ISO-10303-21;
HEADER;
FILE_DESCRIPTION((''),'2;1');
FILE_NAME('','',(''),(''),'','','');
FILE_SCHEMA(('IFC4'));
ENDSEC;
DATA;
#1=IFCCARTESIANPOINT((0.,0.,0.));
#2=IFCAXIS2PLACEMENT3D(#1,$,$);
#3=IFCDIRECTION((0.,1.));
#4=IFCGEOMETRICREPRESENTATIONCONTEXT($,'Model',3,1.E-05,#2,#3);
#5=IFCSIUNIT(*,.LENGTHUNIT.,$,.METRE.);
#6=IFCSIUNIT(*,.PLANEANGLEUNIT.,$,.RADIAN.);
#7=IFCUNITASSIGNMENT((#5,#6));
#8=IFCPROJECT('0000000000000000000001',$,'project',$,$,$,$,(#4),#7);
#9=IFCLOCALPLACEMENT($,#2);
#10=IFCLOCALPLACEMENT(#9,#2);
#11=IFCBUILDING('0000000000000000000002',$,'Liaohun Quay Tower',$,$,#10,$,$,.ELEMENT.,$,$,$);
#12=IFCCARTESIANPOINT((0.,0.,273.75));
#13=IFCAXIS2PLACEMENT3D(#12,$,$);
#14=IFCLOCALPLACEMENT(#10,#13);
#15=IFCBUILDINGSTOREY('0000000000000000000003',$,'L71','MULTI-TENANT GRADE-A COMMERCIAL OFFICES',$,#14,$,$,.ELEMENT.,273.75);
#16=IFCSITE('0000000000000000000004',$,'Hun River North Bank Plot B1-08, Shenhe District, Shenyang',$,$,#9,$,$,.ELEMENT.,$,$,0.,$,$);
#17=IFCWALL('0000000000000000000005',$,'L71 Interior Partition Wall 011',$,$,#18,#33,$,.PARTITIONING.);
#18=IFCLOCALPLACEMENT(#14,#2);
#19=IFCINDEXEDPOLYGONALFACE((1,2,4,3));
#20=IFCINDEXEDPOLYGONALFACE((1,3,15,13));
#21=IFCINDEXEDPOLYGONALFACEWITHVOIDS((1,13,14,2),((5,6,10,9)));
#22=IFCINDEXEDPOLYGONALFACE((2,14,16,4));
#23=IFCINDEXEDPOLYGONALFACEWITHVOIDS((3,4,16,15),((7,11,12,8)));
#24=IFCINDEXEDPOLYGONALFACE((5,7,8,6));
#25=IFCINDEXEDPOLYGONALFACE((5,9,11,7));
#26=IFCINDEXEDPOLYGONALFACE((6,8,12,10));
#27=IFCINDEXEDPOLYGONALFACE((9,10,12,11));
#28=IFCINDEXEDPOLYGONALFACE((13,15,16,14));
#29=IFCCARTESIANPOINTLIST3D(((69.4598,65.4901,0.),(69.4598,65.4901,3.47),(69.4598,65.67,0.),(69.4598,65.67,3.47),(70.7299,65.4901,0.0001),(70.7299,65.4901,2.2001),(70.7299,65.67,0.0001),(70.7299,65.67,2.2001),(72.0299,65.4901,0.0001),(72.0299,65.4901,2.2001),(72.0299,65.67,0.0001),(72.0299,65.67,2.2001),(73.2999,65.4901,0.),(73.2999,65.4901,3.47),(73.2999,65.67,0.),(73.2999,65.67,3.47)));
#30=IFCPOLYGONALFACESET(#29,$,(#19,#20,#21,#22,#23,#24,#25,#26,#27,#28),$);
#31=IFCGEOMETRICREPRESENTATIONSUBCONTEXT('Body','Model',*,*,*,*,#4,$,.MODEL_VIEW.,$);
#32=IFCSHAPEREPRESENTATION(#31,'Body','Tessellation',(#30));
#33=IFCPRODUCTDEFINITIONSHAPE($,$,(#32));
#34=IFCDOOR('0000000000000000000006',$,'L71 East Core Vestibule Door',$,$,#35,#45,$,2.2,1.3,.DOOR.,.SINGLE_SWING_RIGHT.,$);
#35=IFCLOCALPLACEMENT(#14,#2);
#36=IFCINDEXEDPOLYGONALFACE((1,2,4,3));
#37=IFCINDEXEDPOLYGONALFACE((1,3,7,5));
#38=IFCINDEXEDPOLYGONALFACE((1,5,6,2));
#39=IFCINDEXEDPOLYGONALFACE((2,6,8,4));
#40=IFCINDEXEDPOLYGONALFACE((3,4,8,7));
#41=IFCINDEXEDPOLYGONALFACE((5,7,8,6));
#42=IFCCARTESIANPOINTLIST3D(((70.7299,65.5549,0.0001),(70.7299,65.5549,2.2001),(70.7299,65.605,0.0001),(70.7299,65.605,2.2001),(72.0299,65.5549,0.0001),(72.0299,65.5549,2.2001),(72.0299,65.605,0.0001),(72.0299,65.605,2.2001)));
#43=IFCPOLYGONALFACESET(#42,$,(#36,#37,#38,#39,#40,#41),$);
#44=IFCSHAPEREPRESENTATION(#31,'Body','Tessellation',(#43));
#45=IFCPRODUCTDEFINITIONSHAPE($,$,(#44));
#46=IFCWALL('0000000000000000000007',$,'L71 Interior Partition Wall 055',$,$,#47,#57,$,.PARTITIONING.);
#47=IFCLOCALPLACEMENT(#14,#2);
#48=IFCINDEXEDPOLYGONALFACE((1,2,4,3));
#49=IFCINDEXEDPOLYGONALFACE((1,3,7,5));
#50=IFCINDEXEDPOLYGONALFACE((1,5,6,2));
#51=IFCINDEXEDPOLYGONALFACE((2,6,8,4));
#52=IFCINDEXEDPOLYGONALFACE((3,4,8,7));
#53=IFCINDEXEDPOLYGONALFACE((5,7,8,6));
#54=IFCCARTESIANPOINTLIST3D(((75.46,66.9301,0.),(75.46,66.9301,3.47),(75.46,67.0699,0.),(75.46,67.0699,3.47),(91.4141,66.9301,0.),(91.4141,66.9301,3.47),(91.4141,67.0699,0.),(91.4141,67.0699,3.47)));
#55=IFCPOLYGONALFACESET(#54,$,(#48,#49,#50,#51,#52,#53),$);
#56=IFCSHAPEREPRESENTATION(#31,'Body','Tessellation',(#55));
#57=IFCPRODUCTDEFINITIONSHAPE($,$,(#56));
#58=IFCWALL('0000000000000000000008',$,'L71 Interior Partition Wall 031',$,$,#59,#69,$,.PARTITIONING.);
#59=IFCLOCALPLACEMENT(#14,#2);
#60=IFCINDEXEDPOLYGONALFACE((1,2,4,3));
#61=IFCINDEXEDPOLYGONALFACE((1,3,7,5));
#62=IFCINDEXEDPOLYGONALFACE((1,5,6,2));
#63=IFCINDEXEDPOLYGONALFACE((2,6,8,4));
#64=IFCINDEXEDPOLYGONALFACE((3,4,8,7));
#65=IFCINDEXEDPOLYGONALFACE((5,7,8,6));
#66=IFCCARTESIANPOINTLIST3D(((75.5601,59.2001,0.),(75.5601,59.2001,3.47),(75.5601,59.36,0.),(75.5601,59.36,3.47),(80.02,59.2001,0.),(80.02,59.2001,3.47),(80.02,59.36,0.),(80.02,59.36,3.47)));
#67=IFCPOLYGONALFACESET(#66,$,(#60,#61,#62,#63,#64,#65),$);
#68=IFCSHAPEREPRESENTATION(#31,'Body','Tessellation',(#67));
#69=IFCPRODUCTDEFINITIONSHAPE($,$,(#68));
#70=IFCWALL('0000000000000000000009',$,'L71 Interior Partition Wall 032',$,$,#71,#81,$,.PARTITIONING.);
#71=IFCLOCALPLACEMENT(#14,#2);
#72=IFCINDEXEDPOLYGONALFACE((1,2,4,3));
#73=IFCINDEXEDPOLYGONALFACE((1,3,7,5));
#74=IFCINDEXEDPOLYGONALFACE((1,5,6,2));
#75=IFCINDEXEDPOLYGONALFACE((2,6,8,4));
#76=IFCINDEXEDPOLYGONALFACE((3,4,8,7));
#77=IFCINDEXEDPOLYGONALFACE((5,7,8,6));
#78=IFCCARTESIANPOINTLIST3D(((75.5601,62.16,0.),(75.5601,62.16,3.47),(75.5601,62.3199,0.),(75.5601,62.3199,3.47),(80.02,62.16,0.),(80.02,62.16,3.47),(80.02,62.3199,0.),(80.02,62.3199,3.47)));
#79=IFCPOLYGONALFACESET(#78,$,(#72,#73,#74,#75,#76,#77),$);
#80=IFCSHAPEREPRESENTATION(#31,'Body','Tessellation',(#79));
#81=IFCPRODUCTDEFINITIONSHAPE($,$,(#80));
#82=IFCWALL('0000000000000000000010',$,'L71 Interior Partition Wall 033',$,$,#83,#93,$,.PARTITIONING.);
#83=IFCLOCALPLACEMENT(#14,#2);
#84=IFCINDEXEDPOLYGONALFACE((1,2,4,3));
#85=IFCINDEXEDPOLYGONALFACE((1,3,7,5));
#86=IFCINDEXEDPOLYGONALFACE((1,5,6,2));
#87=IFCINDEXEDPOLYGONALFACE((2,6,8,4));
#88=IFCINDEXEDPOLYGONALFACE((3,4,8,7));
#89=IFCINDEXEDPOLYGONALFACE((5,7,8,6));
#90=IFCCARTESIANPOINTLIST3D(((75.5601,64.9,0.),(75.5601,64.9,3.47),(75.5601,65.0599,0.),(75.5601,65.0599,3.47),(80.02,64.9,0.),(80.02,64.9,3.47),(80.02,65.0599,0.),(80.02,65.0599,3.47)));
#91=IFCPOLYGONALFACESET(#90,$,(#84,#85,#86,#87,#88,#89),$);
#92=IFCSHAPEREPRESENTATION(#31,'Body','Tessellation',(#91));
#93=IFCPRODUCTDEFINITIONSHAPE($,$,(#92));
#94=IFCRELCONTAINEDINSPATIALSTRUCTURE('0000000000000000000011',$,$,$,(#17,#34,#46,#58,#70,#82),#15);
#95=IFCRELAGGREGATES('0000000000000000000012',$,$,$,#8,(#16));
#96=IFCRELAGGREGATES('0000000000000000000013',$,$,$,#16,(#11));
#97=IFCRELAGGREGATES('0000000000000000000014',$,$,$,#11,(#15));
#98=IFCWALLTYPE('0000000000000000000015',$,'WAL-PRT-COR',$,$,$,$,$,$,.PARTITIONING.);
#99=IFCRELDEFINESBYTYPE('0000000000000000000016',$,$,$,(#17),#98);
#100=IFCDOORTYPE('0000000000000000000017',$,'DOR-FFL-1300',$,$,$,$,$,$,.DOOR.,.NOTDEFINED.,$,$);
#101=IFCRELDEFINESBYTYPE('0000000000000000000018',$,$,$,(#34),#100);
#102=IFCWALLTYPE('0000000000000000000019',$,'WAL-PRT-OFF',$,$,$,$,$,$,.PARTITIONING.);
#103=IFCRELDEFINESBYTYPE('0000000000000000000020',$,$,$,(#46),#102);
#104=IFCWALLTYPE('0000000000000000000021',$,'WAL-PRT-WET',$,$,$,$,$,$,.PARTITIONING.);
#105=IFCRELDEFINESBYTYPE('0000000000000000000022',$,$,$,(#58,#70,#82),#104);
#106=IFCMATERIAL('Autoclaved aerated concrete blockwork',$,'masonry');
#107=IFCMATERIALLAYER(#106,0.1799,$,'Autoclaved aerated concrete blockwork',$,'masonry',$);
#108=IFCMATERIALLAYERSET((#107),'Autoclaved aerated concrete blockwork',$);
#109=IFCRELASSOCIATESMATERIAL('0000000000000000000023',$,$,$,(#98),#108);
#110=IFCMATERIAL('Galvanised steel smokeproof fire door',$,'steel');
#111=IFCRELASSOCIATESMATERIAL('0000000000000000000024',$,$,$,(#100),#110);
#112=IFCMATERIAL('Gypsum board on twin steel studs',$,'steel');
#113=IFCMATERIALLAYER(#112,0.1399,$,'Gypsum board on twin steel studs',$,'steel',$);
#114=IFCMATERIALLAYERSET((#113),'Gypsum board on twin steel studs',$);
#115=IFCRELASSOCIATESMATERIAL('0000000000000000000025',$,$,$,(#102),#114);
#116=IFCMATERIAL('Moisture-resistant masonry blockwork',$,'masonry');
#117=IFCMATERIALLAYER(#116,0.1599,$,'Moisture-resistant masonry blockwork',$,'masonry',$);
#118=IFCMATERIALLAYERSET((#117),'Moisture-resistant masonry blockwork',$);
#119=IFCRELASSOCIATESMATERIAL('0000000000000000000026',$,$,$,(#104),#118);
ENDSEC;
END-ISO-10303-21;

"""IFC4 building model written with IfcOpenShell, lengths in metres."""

from ifc_helpers import new_model, si_unit, direction, frame, frame_2d, origin, place, context, subcontext, project, spatial, rectangle, extrude, source, transform, mapped, material, layer, layer_set, type_object, element, fill, save


model = new_model("IFC4")

# Units and contexts
model_context = context("Model", 3, precision=1e-05, world=origin(), true_north=direction((0.0, 1.0)))
body_context = subcontext(model_context, "Body", "Model", "MODEL_VIEW")
ifc_project = project(units=[si_unit("LENGTHUNIT", "METRE"), si_unit("PLANEANGLEUNIT", "RADIAN")], contexts=[model_context])

# Site, building, storey
site_placement = place(None, origin())
site = spatial("IfcSite", under=ifc_project, at=site_placement, Name="Hun River North Bank Plot B1-08, Shenhe District, Shenyang", CompositionType="ELEMENT", RefElevation=0.0)
building_placement = place(site_placement, origin())
building = spatial("IfcBuilding", under=site, at=building_placement, Name="Liaohun Quay Tower", CompositionType="ELEMENT")
storey_placement = place(building_placement, frame((0.0, 0.0, 273.75)))
storey = spatial("IfcBuildingStorey", under=building, at=storey_placement, Name="L71", Description="MULTI-TENANT GRADE-A COMMERCIAL OFFICES", CompositionType="ELEMENT", Elevation=273.75)

# Wall, opening, door
ifc_material_1 = material(Name="Autoclaved aerated concrete blockwork", Category="masonry")
ifc_layer_1 = layer(ifc_material_1, 0.1799, Name="Autoclaved aerated concrete blockwork", Category="masonry")
ifc_layer_set_1 = layer_set([ifc_layer_1], Name="Autoclaved aerated concrete blockwork")
wall_type_1 = type_object("IfcWallType", Name="WAL-PRT-COR", PredefinedType="PARTITIONING", material=ifc_layer_set_1)
wall_1_placement = place(storey_placement, frame((69.46, 65.5801, 0.0), z_axis=(0.0, 0.0, 1.0), x_axis=(1.0, 0.0, 0.0)))
wall_1 = element("IfcWall", 1, at=wall_1_placement, inside=storey, type_object=wall_type_1, Name="L71 Interior Partition Wall 011", PredefinedType="PARTITIONING", context=body_context, shape_type="SweptSolid", body=[
    extrude(rectangle(XDim=3.8401, YDim=0.1799, at=frame_2d((1.9199, 0.0))), origin(), (0.0, 0.0, 1.0), 3.47),
])
shared_shape_1 = source(origin(), body_context, "Body", "SweptSolid", [
    extrude(rectangle(XDim=1.3, YDim=2.2, at=frame_2d((0.6499, 1.1001))), frame((0.0, 0.0999, 0.0), z_axis=(0.0, -1.0, 0.0), x_axis=(1.0, 0.0, 0.0)), (0.0, 0.0, 1.0), 0.2),
])
opening_1_placement = place(wall_1_placement, frame((1.27, 0.0, 0.0)))
opening_1 = element("IfcOpeningElement", 2, at=opening_1_placement, cuts=wall_1, PredefinedType="OPENING", context=body_context, shape_type="MappedRepresentation", body=[
    mapped(shared_shape_1, transform((0.0, 0.0, 0.0), x_axis=(1.0, 0.0, 0.0), y_axis=(0.0, 1.0, 0.0), z_axis=(0.0, 0.0, 1.0), scale=1.0)),
])
ifc_material_2 = material(Name="Galvanised steel smokeproof fire door", Category="steel")
door_type_1 = type_object("IfcDoorType", Name="DOR-FFL-1300", OperationType="NOTDEFINED", PredefinedType="DOOR", material=ifc_material_2)
shared_shape_2 = source(origin(), body_context, "Body", "SweptSolid", [
    extrude(rectangle(XDim=1.3, YDim=2.2, at=frame_2d((0.6499, 1.1001))), frame((0.0, 0.0249, 0.0), z_axis=(0.0, -1.0, 0.0), x_axis=(1.0, 0.0, 0.0)), (0.0, 0.0, 1.0), 0.05),
])
door_1_placement = place(opening_1_placement, origin())
door_1 = element("IfcDoor", 3, at=door_1_placement, inside=storey, type_object=door_type_1, Name="L71 East Core Vestibule Door", OperationType="SINGLE_SWING_RIGHT", OverallHeight=2.2, OverallWidth=1.3, PredefinedType="DOOR", context=body_context, shape_type="MappedRepresentation", body=[
    mapped(shared_shape_2, transform((0.0, 0.0, 0.0), x_axis=(1.0, 0.0, 0.0), y_axis=(0.0, 1.0, 0.0), z_axis=(0.0, 0.0, 1.0), scale=1.0)),
])
fill(opening_1, door_1)

# Wall
ifc_material_3 = material(Name="Gypsum board on twin steel studs", Category="steel")
ifc_layer_2 = layer(ifc_material_3, 0.1399, Name="Gypsum board on twin steel studs", Category="steel")
ifc_layer_set_2 = layer_set([ifc_layer_2], Name="Gypsum board on twin steel studs")
wall_type_2 = type_object("IfcWallType", Name="WAL-PRT-OFF", PredefinedType="PARTITIONING", material=ifc_layer_set_2)
wall_2_placement = place(storey_placement, frame((75.46, 67.0, 0.0), z_axis=(0.0, 0.0, 1.0), x_axis=(1.0, 0.0, 0.0)))
element("IfcWall", 4, at=wall_2_placement, inside=storey, type_object=wall_type_2, Name="L71 Interior Partition Wall 055", PredefinedType="PARTITIONING", context=body_context, shape_type="SweptSolid", body=[
    extrude(rectangle(XDim=15.9541, YDim=0.1399, at=frame_2d((7.9771, 0.0))), origin(), (0.0, 0.0, 1.0), 3.47),
])

# Shared definitions
ifc_material_4 = material(Name="Moisture-resistant masonry blockwork", Category="masonry")
ifc_layer_3 = layer(ifc_material_4, 0.1599, Name="Moisture-resistant masonry blockwork", Category="masonry")
ifc_layer_set_3 = layer_set([ifc_layer_3], Name="Moisture-resistant masonry blockwork")
wall_type_3 = type_object("IfcWallType", Name="WAL-PRT-WET", PredefinedType="PARTITIONING", material=ifc_layer_set_3)

# Walls
for number, where, z_axis, x_axis, name in (
    (5, (75.5601, 59.28, 0.0), (0.0, 0.0, 1.0), (1.0, 0.0, 0.0), "L71 Interior Partition Wall 031"),
    (6, (75.5601, 62.24, 0.0), (0.0, 0.0, 1.0), (1.0, 0.0, 0.0), "L71 Interior Partition Wall 032"),
    (7, (75.5601, 64.98, 0.0), (0.0, 0.0, 1.0), (1.0, 0.0, 0.0), "L71 Interior Partition Wall 033"),
):
    element("IfcWall", number, at=place(storey_placement, frame(where, z_axis=z_axis, x_axis=x_axis)), inside=storey, type_object=wall_type_3, Name=name, PredefinedType="PARTITIONING", context=body_context, shape_type="SweptSolid", body=[
        extrude(rectangle(XDim=4.46, YDim=0.1599, at=frame_2d((2.23, 0.0))), origin(), (0.0, 0.0, 1.0), 3.47),
    ])

save(model, "model.ifc")
